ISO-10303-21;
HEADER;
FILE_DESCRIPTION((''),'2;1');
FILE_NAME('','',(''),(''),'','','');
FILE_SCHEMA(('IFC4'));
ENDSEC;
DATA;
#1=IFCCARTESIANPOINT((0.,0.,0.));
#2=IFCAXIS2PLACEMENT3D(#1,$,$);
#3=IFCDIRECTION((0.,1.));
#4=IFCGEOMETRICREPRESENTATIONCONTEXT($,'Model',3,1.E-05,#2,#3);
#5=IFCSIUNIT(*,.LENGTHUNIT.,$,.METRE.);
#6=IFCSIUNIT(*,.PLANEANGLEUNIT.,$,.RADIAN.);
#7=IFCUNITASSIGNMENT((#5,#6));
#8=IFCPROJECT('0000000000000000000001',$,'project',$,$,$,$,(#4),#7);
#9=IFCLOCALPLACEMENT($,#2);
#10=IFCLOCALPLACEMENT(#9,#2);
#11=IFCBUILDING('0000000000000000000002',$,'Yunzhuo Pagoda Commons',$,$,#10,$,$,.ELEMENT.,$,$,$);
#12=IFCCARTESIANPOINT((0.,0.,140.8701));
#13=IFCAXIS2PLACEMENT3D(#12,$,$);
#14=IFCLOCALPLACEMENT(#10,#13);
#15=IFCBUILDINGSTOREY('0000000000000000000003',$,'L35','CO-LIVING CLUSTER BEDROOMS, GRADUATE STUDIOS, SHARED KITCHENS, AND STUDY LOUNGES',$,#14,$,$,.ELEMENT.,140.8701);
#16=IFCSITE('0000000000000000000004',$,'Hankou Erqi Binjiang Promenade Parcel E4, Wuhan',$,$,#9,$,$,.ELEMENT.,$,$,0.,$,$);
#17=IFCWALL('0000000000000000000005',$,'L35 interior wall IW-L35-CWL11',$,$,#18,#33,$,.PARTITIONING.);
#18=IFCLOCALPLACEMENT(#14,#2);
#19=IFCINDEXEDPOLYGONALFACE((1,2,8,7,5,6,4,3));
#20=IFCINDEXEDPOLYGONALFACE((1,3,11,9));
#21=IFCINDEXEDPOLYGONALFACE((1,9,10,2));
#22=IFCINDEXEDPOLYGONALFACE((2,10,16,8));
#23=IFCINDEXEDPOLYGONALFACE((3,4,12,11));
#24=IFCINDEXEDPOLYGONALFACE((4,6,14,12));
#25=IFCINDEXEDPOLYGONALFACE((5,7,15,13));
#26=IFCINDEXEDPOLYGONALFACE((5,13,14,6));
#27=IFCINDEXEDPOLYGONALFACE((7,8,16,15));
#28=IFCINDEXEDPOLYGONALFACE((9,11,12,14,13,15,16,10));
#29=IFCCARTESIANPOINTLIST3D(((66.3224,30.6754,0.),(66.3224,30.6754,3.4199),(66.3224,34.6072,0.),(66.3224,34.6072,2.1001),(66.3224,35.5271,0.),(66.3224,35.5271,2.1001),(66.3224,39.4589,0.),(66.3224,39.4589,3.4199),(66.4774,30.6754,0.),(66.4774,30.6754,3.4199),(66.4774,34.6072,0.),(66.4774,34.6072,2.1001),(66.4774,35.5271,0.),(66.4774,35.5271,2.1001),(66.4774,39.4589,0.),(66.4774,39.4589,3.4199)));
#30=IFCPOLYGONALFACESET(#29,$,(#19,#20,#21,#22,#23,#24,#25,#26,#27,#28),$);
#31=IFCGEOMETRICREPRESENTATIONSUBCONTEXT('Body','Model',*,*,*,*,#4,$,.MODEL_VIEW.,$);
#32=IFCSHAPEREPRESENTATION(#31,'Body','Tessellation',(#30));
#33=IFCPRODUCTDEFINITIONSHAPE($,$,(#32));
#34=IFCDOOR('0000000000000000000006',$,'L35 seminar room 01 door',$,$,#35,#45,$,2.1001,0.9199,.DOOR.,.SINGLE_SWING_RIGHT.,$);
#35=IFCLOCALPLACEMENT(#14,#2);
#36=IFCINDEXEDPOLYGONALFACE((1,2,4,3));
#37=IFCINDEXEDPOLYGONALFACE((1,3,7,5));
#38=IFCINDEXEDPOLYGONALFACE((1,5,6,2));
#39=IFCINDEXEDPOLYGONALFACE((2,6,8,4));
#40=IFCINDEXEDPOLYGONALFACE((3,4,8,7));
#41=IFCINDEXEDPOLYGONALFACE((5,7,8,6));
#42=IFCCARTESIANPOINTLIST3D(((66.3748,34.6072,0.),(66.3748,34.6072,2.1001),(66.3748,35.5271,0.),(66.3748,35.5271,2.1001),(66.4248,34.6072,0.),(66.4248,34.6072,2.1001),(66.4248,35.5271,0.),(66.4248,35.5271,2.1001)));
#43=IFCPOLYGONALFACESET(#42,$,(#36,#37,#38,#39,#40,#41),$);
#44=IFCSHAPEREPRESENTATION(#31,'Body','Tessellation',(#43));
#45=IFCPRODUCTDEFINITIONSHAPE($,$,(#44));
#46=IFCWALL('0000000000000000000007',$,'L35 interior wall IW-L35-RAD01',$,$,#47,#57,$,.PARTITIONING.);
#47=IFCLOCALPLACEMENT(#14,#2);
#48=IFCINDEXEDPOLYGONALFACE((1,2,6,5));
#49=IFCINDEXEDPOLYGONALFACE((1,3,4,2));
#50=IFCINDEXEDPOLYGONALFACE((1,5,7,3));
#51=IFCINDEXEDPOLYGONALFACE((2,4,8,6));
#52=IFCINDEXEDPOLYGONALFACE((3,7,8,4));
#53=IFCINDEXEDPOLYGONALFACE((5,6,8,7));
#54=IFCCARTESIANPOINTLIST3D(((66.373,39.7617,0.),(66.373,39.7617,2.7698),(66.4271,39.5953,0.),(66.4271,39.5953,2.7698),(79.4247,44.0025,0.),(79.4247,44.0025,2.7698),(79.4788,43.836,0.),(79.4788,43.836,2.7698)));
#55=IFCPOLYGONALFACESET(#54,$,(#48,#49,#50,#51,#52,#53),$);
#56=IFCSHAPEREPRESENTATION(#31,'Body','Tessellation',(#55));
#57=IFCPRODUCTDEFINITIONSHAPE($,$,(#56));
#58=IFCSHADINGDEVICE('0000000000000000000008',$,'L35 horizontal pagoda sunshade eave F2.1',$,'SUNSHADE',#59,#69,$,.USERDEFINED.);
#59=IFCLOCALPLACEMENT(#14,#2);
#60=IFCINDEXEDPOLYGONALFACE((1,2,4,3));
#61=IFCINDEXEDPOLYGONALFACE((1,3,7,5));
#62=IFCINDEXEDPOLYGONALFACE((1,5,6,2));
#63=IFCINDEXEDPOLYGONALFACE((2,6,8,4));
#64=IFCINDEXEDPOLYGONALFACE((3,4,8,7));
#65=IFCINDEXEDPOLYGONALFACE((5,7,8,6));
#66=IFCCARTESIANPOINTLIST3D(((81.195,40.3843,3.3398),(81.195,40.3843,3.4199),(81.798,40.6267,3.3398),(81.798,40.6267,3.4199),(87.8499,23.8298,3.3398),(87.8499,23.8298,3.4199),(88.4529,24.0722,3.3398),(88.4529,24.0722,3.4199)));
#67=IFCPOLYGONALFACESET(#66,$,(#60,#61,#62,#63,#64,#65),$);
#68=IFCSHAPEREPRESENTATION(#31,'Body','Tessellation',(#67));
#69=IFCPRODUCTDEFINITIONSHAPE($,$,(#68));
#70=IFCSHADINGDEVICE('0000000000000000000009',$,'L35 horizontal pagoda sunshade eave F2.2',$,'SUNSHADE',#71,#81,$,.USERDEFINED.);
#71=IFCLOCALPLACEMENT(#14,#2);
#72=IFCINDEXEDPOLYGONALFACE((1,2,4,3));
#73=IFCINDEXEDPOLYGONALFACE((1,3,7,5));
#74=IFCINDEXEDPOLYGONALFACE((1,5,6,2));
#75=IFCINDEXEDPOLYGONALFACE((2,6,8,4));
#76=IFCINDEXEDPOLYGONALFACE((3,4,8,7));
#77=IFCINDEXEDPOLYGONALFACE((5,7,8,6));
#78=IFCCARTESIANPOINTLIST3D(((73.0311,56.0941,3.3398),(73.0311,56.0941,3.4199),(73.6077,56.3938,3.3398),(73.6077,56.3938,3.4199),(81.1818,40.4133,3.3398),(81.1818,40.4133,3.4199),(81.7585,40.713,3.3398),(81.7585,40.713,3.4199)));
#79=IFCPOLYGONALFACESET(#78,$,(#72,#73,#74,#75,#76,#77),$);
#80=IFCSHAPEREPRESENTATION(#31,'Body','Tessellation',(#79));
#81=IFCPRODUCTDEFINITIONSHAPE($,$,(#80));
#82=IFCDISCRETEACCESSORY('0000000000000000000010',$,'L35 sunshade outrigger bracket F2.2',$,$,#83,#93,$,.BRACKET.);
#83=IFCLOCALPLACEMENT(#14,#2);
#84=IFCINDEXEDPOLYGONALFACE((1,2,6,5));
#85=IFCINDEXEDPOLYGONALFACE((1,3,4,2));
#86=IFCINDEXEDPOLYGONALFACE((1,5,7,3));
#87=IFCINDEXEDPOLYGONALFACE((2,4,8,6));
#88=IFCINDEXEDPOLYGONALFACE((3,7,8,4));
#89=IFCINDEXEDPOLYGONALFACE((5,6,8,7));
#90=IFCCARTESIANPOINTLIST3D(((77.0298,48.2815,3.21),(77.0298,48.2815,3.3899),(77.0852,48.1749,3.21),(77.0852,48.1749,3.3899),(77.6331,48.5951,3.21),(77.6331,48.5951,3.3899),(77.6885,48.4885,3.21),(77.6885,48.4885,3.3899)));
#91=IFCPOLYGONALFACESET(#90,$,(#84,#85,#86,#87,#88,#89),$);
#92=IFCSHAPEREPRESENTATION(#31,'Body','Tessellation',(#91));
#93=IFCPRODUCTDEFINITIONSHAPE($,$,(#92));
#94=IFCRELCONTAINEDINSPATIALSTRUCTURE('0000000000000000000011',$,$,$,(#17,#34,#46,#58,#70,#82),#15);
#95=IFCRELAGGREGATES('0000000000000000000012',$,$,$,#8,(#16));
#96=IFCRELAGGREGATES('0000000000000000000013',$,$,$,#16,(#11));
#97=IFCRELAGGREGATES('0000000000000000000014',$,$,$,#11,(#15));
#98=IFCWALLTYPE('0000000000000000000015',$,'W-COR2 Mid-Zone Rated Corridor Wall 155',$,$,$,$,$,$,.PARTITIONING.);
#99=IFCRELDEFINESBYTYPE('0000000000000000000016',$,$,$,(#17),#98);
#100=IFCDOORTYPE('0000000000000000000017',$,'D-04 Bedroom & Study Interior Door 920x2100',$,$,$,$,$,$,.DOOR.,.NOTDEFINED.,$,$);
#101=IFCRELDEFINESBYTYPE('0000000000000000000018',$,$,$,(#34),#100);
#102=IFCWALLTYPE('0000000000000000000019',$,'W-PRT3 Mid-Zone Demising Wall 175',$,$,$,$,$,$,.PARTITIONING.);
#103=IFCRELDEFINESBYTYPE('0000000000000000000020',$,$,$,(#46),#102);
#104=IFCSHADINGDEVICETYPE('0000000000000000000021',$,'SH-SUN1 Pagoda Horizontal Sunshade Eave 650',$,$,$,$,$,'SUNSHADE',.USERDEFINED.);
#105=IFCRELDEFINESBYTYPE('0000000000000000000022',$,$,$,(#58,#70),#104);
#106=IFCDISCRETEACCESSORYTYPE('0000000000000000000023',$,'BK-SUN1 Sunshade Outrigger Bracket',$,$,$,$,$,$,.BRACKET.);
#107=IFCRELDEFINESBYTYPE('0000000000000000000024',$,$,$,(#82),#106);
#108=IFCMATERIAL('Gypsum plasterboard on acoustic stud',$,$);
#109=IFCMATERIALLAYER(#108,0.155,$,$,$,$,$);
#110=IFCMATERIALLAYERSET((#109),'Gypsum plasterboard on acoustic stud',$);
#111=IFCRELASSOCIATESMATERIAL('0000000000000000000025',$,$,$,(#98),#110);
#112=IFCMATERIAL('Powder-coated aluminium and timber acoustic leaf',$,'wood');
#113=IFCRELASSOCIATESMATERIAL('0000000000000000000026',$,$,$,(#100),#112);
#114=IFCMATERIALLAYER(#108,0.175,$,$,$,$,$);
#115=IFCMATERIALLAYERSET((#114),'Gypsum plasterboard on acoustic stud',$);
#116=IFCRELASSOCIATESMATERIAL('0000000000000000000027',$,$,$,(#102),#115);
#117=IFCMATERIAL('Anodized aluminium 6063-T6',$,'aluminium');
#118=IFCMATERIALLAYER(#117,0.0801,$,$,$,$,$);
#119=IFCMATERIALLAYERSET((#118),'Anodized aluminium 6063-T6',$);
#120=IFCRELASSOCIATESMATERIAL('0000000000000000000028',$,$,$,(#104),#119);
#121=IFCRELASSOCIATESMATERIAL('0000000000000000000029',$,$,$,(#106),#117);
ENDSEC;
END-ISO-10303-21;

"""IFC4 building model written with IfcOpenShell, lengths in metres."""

from ifc_helpers import new_model, si_unit, direction, frame, frame_2d, origin, origin_with_axes, origin_2d, place, context, subcontext, project, spatial, rectangle, extrude, source, transform, mapped, material, layer, layer_set, type_object, element, fill, save


model = new_model("IFC4")

# Units and contexts
model_context = context("Model", 3, precision=1e-05, world=origin(), true_north=direction((0.0, 1.0)))
body_context = subcontext(model_context, "Body", "Model", "MODEL_VIEW")
ifc_project = project(units=[si_unit("LENGTHUNIT", "METRE"), si_unit("PLANEANGLEUNIT", "RADIAN")], contexts=[model_context])

# Site, building, storey
site_placement = place(None, origin())
site = spatial("IfcSite", under=ifc_project, at=site_placement, Name="Hankou Erqi Binjiang Promenade Parcel E4, Wuhan", CompositionType="ELEMENT", RefElevation=0.0)
building_placement = place(site_placement, origin())
building = spatial("IfcBuilding", under=site, at=building_placement, Name="Yunzhuo Pagoda Commons", CompositionType="ELEMENT")
storey_placement = place(building_placement, frame((0.0, 0.0, 140.8701)))
storey = spatial("IfcBuildingStorey", under=building, at=storey_placement, Name="L35", Description="CO-LIVING CLUSTER BEDROOMS, GRADUATE STUDIOS, SHARED KITCHENS, AND STUDY LOUNGES", CompositionType="ELEMENT", Elevation=140.8701)

# Shared definitions
ifc_material_1 = material(Name="Anodized aluminium 6063-T6", Category="aluminium")

# Wall, opening, door
ifc_material_2 = material(Name="Gypsum plasterboard on acoustic stud")
ifc_layer_1 = layer(ifc_material_2, 0.155)
ifc_layer_set_1 = layer_set([ifc_layer_1], Name="Gypsum plasterboard on acoustic stud")
wall_type_1 = type_object("IfcWallType", Name="W-COR2 Mid-Zone Rated Corridor Wall 155", PredefinedType="PARTITIONING", material=ifc_layer_set_1)
wall_1_placement = place(storey_placement, frame((66.3999, 39.4587, 0.0), z_axis=(0.0, 0.0, 1.0), x_axis=(0.0, -1.0, 0.0)))
wall_1 = element("IfcWall", 1, at=wall_1_placement, inside=storey, type_object=wall_type_1, Name="L35 interior wall IW-L35-CWL11", PredefinedType="PARTITIONING", context=body_context, shape_type="SweptSolid", body=[
    extrude(rectangle(XDim=8.7834, YDim=0.155, at=frame_2d((4.3916, 0.0))), origin(), (0.0, 0.0, 1.0), 3.4199),
])
opening_placement = place(wall_1_placement, frame((3.9316, 0.0, 0.0)))
opening = element("IfcOpeningElement", 2, at=opening_placement, cuts=wall_1, PredefinedType="OPENING", context=body_context, shape_type="SweptSolid", body=[
    extrude(rectangle(XDim=0.9199, YDim=2.1001, at=frame_2d((0.46, 1.05))), frame((0.0, 0.0874, 0.0), z_axis=(0.0, -1.0, 0.0), x_axis=(1.0, 0.0, 0.0)), (0.0, 0.0, 1.0), 0.175),
])
ifc_material_3 = material(Name="Powder-coated aluminium and timber acoustic leaf", Category="wood")
door_type = type_object("IfcDoorType", Name="D-04 Bedroom & Study Interior Door 920x2100", OperationType="NOTDEFINED", PredefinedType="DOOR", material=ifc_material_3)
shared_shape_1 = source(origin(), body_context, "Body", "SweptSolid", [
    extrude(rectangle(XDim=0.9199, YDim=2.1001, at=frame_2d((0.46, 1.05))), frame((0.0, 0.0249, 0.0), z_axis=(0.0, -1.0, 0.0), x_axis=(1.0, 0.0, 0.0)), (0.0, 0.0, 1.0), 0.05),
])
door_placement = place(opening_placement, origin_with_axes())
door = element("IfcDoor", 3, at=door_placement, inside=storey, type_object=door_type, Name="L35 seminar room 01 door", OperationType="SINGLE_SWING_RIGHT", OverallHeight=2.1001, OverallWidth=0.9199, PredefinedType="DOOR", context=body_context, shape_type="MappedRepresentation", body=[
    mapped(shared_shape_1, transform((0.0, 0.0, 0.0), scale=1.0)),
])
fill(opening, door)

# Wall
ifc_layer_2 = layer(ifc_material_2, 0.175)
ifc_layer_set_2 = layer_set([ifc_layer_2], Name="Gypsum plasterboard on acoustic stud")
wall_type_2 = type_object("IfcWallType", Name="W-PRT3 Mid-Zone Demising Wall 175", PredefinedType="PARTITIONING", material=ifc_layer_set_2)
wall_2_placement = place(storey_placement, frame((66.3999, 39.6785, 0.0), z_axis=(0.0, 0.0, 1.0), x_axis=(0.951058, 0.309014, 0.0)))
element("IfcWall", 4, at=wall_2_placement, inside=storey, type_object=wall_type_2, Name="L35 interior wall IW-L35-RAD01", PredefinedType="PARTITIONING", context=body_context, shape_type="SweptSolid", body=[
    extrude(rectangle(XDim=13.7234, YDim=0.175, at=frame_2d((6.8618, 0.0))), origin(), (0.0, 0.0, 1.0), 2.7698),
])

# Shading devices
ifc_layer_3 = layer(ifc_material_1, 0.0801)
ifc_layer_set_3 = layer_set([ifc_layer_3], Name="Anodized aluminium 6063-T6")
shading_device_type = type_object("IfcShadingDeviceType", Name="SH-SUN1 Pagoda Horizontal Sunshade Eave 650", ElementType="SUNSHADE", PredefinedType="USERDEFINED", material=ifc_layer_set_3)
shared_shape_2 = source(origin(), body_context, "Body", "SweptSolid", [
    extrude(rectangle(XDim=17.842, YDim=0.6499, at=origin_2d()), origin(), (0.0, 0.0, 1.0), 0.0801),
])
shading_device_1_placement = place(storey_placement, frame((84.824, 32.2283, 3.3398), z_axis=(0.0, 0.0, 1.0), x_axis=(-0.372988, 0.927836, 0.0)))
element("IfcShadingDevice", 5, at=shading_device_1_placement, inside=storey, type_object=shading_device_type, Name="L35 horizontal pagoda sunshade eave F2.1", ObjectType="SUNSHADE", PredefinedType="USERDEFINED", context=body_context, shape_type="MappedRepresentation", body=[
    mapped(shared_shape_2, transform((0.0, 0.0, 0.0), scale=1.0)),
])
shared_shape_3 = source(origin(), body_context, "Body", "SweptSolid", [
    extrude(rectangle(XDim=17.6726, YDim=0.6499, at=origin_2d()), origin(), (0.0, 0.0, 1.0), 0.0801),
])
shading_device_2_placement = place(storey_placement, frame((77.3948, 48.4036, 3.3398), z_axis=(0.0, 0.0, 1.0), x_axis=(-0.461207, 0.887293, 0.0)))
element("IfcShadingDevice", 6, at=shading_device_2_placement, inside=storey, type_object=shading_device_type, Name="L35 horizontal pagoda sunshade eave F2.2", ObjectType="SUNSHADE", PredefinedType="USERDEFINED", context=body_context, shape_type="MappedRepresentation", body=[
    mapped(shared_shape_3, transform((0.0, 0.0, 0.0), scale=1.0)),
])

# Discrete accessory
discrete_accessory_type = type_object("IfcDiscreteAccessoryType", Name="BK-SUN1 Sunshade Outrigger Bracket", PredefinedType="BRACKET", material=ifc_material_1)
shared_shape_4 = source(origin(), body_context, "Body", "SweptSolid", [
    extrude(rectangle(XDim=0.1201, YDim=0.6799, at=origin_2d()), origin(), (0.0, 0.0, 1.0), 0.1799),
])
discrete_accessory_placement = place(storey_placement, frame((77.3591, 48.385, 3.21), z_axis=(0.0, 0.0, 1.0), x_axis=(-0.461207, 0.887293, 0.0)))
element("IfcDiscreteAccessory", 7, at=discrete_accessory_placement, inside=storey, type_object=discrete_accessory_type, Name="L35 sunshade outrigger bracket F2.2", PredefinedType="BRACKET", context=body_context, shape_type="MappedRepresentation", body=[
    mapped(shared_shape_4, transform((0.0, 0.0, 0.0), scale=1.0)),
])

save(model, "model.ifc")
